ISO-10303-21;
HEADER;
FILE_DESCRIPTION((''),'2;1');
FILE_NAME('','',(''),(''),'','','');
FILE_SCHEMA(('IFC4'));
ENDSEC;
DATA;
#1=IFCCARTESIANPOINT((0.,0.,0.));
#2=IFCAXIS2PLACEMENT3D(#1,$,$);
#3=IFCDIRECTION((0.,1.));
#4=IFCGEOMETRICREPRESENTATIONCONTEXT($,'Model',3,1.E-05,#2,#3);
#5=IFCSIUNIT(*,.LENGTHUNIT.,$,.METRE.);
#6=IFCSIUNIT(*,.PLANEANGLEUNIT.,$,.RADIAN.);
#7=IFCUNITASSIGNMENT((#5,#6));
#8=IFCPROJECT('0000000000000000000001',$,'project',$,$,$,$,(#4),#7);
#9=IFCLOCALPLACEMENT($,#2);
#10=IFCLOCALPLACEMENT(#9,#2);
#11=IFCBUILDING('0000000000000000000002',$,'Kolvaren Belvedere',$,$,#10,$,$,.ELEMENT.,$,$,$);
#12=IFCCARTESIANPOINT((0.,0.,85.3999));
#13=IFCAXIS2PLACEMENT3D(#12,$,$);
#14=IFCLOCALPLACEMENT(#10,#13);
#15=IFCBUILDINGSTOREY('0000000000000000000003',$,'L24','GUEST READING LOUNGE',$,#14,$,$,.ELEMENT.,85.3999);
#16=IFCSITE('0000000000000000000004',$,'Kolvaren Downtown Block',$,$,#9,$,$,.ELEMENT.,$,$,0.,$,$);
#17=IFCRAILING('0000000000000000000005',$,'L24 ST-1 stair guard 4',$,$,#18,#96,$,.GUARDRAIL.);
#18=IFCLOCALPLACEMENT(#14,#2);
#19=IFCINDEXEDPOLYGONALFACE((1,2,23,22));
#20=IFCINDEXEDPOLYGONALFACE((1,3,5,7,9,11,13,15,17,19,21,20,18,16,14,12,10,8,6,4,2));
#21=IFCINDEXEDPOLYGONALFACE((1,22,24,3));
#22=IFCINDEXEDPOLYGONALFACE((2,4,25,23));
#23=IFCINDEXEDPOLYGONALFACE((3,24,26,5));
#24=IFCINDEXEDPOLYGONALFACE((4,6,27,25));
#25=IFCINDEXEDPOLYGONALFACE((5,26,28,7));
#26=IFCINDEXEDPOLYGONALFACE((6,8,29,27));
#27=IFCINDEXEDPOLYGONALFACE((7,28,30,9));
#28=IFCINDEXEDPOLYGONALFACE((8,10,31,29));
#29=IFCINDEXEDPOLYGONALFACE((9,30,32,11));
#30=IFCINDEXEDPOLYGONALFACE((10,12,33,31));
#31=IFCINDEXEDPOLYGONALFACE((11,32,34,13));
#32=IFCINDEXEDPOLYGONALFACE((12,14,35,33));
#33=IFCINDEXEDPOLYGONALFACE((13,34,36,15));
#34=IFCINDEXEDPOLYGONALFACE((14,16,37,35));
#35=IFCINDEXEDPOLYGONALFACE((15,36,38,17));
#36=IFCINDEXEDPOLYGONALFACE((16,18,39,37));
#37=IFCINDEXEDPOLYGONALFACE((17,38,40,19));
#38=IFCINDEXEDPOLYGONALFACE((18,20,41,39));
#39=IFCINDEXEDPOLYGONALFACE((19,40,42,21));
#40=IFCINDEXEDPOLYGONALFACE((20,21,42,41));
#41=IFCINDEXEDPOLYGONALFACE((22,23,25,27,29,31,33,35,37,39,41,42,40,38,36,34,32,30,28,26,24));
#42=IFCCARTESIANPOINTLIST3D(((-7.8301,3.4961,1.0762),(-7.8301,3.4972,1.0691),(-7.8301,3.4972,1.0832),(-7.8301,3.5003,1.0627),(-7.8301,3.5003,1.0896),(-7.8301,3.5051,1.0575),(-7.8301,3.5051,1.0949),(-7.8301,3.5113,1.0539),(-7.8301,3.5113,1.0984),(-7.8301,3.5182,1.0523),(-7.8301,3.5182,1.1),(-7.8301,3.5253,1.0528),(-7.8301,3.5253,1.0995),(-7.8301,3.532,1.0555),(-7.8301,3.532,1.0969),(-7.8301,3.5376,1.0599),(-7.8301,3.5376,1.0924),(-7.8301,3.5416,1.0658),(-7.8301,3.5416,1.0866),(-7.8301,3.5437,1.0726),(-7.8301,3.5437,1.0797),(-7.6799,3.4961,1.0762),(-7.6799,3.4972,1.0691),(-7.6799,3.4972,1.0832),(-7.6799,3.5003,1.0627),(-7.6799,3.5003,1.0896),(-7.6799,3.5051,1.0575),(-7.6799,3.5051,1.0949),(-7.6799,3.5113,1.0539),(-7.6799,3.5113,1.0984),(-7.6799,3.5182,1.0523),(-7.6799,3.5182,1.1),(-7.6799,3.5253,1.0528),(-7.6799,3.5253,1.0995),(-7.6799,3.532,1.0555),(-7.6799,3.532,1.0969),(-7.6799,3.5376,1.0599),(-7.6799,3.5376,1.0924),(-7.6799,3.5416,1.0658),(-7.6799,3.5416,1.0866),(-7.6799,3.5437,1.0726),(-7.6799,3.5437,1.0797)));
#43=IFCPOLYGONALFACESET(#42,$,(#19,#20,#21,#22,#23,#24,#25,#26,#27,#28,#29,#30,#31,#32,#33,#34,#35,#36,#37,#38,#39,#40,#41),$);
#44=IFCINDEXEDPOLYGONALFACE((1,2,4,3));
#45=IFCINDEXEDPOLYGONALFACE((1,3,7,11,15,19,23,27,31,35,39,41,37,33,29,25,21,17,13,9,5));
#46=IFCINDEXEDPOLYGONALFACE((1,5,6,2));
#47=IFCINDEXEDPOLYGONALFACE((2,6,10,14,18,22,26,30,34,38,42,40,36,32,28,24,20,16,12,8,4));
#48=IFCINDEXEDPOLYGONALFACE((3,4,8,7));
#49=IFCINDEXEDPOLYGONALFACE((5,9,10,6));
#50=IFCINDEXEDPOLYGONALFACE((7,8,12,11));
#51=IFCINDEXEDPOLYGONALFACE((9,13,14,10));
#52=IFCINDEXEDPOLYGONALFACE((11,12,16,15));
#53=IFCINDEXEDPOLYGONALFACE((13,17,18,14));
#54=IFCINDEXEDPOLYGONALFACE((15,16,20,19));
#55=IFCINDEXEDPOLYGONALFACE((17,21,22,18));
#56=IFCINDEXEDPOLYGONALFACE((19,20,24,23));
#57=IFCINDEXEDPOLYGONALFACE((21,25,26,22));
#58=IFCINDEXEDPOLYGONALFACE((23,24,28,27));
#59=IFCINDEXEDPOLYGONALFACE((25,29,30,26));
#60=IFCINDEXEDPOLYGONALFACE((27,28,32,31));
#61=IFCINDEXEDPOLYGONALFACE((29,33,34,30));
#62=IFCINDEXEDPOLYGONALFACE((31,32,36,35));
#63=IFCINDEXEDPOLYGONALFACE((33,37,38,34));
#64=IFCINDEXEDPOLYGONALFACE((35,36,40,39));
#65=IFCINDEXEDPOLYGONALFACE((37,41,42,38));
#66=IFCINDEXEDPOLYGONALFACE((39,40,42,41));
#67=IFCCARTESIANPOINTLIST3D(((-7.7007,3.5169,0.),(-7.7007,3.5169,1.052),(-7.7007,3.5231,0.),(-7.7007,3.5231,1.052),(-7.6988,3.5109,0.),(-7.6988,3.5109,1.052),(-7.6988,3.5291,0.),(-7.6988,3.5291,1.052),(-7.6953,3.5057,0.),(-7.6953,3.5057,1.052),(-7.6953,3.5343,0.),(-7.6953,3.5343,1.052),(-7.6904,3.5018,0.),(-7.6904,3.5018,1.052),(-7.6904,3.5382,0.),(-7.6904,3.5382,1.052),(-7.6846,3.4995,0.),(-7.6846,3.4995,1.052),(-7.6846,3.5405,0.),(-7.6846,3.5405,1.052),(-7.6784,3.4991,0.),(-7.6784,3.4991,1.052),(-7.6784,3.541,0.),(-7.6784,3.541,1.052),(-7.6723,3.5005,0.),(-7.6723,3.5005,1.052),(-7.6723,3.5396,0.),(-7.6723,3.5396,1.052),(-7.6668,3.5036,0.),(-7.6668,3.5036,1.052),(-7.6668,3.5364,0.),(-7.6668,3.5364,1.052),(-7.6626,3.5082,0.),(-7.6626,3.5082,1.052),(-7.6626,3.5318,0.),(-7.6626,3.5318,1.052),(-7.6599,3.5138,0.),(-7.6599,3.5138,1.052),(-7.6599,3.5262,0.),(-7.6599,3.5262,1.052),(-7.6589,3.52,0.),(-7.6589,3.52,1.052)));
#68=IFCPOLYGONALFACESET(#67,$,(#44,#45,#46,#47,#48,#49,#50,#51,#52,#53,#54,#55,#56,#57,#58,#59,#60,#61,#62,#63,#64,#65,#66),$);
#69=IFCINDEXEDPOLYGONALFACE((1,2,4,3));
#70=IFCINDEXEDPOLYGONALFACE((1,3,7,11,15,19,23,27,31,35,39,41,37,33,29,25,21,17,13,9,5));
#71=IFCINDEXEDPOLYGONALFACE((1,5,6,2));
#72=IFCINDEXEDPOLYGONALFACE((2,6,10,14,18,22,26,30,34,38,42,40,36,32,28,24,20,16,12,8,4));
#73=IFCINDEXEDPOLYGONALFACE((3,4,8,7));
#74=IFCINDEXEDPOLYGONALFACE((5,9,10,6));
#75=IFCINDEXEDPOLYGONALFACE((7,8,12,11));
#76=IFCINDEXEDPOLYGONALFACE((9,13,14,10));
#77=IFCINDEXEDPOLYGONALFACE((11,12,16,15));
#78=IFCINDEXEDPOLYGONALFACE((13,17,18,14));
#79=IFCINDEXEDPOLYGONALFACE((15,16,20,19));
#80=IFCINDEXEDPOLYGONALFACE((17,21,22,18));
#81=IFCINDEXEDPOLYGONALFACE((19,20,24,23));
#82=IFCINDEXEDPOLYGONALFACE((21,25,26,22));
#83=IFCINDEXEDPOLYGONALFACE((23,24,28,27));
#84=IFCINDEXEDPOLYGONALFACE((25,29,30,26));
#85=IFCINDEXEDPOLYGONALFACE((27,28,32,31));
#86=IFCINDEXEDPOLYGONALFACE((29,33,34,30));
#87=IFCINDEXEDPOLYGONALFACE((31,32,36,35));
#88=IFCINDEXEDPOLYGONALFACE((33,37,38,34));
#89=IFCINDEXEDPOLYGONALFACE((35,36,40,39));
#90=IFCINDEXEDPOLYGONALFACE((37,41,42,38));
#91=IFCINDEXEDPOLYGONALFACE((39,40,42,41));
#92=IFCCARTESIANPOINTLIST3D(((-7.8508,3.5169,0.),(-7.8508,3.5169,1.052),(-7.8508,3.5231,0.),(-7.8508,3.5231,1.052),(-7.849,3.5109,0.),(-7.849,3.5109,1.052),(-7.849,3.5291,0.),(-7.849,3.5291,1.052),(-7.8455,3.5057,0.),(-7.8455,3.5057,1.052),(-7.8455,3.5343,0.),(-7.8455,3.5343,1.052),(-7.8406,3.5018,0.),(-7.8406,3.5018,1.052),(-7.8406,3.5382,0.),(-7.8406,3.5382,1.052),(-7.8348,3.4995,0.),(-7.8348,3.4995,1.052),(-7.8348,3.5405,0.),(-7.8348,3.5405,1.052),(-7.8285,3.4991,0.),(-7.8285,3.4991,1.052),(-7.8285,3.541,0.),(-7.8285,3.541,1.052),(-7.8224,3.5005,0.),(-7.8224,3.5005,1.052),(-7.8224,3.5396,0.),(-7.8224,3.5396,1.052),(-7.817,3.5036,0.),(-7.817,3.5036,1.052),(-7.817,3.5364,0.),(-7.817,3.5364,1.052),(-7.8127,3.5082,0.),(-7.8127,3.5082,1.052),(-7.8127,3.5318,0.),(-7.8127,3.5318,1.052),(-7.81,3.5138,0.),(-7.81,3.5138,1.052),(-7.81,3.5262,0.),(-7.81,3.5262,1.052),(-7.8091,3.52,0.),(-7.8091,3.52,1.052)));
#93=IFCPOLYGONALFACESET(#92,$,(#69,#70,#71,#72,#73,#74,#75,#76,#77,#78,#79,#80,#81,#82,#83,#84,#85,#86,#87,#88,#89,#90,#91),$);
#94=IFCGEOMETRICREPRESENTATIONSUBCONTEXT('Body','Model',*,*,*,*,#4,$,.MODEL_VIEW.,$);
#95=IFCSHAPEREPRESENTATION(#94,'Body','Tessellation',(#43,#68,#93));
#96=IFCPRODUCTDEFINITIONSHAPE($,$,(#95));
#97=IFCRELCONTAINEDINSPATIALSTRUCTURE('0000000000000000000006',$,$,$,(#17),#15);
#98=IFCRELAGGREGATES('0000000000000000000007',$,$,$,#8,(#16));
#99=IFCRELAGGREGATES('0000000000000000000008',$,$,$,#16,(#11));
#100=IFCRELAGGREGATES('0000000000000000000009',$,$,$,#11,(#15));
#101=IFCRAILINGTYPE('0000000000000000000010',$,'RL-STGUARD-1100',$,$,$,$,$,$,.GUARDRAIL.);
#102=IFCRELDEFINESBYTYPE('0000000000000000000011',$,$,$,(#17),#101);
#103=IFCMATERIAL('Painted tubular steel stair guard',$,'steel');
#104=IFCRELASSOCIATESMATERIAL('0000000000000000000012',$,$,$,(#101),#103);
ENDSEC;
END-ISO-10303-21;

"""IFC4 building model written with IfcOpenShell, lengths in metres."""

from ifc_helpers import new_model, si_unit, direction, frame, origin, origin_2d, place, context, subcontext, project, spatial, circle, extrude, material, type_object, element, save


model = new_model("IFC4")

# Units and contexts
model_context = context("Model", 3, precision=1e-05, world=origin(), true_north=direction((0.0, 1.0)))
body_context = subcontext(model_context, "Body", "Model", "MODEL_VIEW")
ifc_project = project(units=[si_unit("LENGTHUNIT", "METRE"), si_unit("PLANEANGLEUNIT", "RADIAN")], contexts=[model_context])

# Site, building, storey
site_placement = place(None, origin())
site = spatial("IfcSite", under=ifc_project, at=site_placement, Name="Kolvaren Downtown Block", CompositionType="ELEMENT", RefElevation=0.0)
building_placement = place(site_placement, origin())
building = spatial("IfcBuilding", under=site, at=building_placement, Name="Kolvaren Belvedere", CompositionType="ELEMENT")
storey_placement = place(building_placement, frame((0.0, 0.0, 85.3999)))
storey = spatial("IfcBuildingStorey", under=building, at=storey_placement, Name="L24", Description="GUEST READING LOUNGE", CompositionType="ELEMENT", Elevation=85.3999)

# Railing
ifc_material_1 = material(Name="Painted tubular steel stair guard", Category="steel")
railing_type_1 = type_object("IfcRailingType", Name="RL-STGUARD-1100", PredefinedType="GUARDRAIL", material=ifc_material_1)
railing_1_placement = place(storey_placement, frame((-7.6799, 3.52, 0.0)))
element("IfcRailing", 1, at=railing_1_placement, inside=storey, type_object=railing_type_1, Name="L24 ST-1 stair guard 4", PredefinedType="GUARDRAIL", context=body_context, shape_type="SweptSolid", body=[
    extrude(circle(Radius=0.0239, at=origin_2d()), frame((0.0, 0.0, 1.0762), z_axis=(-1.0, 0.0, 0.0), x_axis=(0.0, -1.0, 0.0)), (0.0, 0.0, 1.0), 0.1501),
    extrude(circle(Radius=0.021, at=origin_2d()), origin(), (0.0, 0.0, 1.0), 1.052),
    extrude(circle(Radius=0.021, at=origin_2d()), frame((-0.1501, 0.0, 0.0)), (0.0, 0.0, 1.0), 1.052),
])

save(model, "model.ifc")
